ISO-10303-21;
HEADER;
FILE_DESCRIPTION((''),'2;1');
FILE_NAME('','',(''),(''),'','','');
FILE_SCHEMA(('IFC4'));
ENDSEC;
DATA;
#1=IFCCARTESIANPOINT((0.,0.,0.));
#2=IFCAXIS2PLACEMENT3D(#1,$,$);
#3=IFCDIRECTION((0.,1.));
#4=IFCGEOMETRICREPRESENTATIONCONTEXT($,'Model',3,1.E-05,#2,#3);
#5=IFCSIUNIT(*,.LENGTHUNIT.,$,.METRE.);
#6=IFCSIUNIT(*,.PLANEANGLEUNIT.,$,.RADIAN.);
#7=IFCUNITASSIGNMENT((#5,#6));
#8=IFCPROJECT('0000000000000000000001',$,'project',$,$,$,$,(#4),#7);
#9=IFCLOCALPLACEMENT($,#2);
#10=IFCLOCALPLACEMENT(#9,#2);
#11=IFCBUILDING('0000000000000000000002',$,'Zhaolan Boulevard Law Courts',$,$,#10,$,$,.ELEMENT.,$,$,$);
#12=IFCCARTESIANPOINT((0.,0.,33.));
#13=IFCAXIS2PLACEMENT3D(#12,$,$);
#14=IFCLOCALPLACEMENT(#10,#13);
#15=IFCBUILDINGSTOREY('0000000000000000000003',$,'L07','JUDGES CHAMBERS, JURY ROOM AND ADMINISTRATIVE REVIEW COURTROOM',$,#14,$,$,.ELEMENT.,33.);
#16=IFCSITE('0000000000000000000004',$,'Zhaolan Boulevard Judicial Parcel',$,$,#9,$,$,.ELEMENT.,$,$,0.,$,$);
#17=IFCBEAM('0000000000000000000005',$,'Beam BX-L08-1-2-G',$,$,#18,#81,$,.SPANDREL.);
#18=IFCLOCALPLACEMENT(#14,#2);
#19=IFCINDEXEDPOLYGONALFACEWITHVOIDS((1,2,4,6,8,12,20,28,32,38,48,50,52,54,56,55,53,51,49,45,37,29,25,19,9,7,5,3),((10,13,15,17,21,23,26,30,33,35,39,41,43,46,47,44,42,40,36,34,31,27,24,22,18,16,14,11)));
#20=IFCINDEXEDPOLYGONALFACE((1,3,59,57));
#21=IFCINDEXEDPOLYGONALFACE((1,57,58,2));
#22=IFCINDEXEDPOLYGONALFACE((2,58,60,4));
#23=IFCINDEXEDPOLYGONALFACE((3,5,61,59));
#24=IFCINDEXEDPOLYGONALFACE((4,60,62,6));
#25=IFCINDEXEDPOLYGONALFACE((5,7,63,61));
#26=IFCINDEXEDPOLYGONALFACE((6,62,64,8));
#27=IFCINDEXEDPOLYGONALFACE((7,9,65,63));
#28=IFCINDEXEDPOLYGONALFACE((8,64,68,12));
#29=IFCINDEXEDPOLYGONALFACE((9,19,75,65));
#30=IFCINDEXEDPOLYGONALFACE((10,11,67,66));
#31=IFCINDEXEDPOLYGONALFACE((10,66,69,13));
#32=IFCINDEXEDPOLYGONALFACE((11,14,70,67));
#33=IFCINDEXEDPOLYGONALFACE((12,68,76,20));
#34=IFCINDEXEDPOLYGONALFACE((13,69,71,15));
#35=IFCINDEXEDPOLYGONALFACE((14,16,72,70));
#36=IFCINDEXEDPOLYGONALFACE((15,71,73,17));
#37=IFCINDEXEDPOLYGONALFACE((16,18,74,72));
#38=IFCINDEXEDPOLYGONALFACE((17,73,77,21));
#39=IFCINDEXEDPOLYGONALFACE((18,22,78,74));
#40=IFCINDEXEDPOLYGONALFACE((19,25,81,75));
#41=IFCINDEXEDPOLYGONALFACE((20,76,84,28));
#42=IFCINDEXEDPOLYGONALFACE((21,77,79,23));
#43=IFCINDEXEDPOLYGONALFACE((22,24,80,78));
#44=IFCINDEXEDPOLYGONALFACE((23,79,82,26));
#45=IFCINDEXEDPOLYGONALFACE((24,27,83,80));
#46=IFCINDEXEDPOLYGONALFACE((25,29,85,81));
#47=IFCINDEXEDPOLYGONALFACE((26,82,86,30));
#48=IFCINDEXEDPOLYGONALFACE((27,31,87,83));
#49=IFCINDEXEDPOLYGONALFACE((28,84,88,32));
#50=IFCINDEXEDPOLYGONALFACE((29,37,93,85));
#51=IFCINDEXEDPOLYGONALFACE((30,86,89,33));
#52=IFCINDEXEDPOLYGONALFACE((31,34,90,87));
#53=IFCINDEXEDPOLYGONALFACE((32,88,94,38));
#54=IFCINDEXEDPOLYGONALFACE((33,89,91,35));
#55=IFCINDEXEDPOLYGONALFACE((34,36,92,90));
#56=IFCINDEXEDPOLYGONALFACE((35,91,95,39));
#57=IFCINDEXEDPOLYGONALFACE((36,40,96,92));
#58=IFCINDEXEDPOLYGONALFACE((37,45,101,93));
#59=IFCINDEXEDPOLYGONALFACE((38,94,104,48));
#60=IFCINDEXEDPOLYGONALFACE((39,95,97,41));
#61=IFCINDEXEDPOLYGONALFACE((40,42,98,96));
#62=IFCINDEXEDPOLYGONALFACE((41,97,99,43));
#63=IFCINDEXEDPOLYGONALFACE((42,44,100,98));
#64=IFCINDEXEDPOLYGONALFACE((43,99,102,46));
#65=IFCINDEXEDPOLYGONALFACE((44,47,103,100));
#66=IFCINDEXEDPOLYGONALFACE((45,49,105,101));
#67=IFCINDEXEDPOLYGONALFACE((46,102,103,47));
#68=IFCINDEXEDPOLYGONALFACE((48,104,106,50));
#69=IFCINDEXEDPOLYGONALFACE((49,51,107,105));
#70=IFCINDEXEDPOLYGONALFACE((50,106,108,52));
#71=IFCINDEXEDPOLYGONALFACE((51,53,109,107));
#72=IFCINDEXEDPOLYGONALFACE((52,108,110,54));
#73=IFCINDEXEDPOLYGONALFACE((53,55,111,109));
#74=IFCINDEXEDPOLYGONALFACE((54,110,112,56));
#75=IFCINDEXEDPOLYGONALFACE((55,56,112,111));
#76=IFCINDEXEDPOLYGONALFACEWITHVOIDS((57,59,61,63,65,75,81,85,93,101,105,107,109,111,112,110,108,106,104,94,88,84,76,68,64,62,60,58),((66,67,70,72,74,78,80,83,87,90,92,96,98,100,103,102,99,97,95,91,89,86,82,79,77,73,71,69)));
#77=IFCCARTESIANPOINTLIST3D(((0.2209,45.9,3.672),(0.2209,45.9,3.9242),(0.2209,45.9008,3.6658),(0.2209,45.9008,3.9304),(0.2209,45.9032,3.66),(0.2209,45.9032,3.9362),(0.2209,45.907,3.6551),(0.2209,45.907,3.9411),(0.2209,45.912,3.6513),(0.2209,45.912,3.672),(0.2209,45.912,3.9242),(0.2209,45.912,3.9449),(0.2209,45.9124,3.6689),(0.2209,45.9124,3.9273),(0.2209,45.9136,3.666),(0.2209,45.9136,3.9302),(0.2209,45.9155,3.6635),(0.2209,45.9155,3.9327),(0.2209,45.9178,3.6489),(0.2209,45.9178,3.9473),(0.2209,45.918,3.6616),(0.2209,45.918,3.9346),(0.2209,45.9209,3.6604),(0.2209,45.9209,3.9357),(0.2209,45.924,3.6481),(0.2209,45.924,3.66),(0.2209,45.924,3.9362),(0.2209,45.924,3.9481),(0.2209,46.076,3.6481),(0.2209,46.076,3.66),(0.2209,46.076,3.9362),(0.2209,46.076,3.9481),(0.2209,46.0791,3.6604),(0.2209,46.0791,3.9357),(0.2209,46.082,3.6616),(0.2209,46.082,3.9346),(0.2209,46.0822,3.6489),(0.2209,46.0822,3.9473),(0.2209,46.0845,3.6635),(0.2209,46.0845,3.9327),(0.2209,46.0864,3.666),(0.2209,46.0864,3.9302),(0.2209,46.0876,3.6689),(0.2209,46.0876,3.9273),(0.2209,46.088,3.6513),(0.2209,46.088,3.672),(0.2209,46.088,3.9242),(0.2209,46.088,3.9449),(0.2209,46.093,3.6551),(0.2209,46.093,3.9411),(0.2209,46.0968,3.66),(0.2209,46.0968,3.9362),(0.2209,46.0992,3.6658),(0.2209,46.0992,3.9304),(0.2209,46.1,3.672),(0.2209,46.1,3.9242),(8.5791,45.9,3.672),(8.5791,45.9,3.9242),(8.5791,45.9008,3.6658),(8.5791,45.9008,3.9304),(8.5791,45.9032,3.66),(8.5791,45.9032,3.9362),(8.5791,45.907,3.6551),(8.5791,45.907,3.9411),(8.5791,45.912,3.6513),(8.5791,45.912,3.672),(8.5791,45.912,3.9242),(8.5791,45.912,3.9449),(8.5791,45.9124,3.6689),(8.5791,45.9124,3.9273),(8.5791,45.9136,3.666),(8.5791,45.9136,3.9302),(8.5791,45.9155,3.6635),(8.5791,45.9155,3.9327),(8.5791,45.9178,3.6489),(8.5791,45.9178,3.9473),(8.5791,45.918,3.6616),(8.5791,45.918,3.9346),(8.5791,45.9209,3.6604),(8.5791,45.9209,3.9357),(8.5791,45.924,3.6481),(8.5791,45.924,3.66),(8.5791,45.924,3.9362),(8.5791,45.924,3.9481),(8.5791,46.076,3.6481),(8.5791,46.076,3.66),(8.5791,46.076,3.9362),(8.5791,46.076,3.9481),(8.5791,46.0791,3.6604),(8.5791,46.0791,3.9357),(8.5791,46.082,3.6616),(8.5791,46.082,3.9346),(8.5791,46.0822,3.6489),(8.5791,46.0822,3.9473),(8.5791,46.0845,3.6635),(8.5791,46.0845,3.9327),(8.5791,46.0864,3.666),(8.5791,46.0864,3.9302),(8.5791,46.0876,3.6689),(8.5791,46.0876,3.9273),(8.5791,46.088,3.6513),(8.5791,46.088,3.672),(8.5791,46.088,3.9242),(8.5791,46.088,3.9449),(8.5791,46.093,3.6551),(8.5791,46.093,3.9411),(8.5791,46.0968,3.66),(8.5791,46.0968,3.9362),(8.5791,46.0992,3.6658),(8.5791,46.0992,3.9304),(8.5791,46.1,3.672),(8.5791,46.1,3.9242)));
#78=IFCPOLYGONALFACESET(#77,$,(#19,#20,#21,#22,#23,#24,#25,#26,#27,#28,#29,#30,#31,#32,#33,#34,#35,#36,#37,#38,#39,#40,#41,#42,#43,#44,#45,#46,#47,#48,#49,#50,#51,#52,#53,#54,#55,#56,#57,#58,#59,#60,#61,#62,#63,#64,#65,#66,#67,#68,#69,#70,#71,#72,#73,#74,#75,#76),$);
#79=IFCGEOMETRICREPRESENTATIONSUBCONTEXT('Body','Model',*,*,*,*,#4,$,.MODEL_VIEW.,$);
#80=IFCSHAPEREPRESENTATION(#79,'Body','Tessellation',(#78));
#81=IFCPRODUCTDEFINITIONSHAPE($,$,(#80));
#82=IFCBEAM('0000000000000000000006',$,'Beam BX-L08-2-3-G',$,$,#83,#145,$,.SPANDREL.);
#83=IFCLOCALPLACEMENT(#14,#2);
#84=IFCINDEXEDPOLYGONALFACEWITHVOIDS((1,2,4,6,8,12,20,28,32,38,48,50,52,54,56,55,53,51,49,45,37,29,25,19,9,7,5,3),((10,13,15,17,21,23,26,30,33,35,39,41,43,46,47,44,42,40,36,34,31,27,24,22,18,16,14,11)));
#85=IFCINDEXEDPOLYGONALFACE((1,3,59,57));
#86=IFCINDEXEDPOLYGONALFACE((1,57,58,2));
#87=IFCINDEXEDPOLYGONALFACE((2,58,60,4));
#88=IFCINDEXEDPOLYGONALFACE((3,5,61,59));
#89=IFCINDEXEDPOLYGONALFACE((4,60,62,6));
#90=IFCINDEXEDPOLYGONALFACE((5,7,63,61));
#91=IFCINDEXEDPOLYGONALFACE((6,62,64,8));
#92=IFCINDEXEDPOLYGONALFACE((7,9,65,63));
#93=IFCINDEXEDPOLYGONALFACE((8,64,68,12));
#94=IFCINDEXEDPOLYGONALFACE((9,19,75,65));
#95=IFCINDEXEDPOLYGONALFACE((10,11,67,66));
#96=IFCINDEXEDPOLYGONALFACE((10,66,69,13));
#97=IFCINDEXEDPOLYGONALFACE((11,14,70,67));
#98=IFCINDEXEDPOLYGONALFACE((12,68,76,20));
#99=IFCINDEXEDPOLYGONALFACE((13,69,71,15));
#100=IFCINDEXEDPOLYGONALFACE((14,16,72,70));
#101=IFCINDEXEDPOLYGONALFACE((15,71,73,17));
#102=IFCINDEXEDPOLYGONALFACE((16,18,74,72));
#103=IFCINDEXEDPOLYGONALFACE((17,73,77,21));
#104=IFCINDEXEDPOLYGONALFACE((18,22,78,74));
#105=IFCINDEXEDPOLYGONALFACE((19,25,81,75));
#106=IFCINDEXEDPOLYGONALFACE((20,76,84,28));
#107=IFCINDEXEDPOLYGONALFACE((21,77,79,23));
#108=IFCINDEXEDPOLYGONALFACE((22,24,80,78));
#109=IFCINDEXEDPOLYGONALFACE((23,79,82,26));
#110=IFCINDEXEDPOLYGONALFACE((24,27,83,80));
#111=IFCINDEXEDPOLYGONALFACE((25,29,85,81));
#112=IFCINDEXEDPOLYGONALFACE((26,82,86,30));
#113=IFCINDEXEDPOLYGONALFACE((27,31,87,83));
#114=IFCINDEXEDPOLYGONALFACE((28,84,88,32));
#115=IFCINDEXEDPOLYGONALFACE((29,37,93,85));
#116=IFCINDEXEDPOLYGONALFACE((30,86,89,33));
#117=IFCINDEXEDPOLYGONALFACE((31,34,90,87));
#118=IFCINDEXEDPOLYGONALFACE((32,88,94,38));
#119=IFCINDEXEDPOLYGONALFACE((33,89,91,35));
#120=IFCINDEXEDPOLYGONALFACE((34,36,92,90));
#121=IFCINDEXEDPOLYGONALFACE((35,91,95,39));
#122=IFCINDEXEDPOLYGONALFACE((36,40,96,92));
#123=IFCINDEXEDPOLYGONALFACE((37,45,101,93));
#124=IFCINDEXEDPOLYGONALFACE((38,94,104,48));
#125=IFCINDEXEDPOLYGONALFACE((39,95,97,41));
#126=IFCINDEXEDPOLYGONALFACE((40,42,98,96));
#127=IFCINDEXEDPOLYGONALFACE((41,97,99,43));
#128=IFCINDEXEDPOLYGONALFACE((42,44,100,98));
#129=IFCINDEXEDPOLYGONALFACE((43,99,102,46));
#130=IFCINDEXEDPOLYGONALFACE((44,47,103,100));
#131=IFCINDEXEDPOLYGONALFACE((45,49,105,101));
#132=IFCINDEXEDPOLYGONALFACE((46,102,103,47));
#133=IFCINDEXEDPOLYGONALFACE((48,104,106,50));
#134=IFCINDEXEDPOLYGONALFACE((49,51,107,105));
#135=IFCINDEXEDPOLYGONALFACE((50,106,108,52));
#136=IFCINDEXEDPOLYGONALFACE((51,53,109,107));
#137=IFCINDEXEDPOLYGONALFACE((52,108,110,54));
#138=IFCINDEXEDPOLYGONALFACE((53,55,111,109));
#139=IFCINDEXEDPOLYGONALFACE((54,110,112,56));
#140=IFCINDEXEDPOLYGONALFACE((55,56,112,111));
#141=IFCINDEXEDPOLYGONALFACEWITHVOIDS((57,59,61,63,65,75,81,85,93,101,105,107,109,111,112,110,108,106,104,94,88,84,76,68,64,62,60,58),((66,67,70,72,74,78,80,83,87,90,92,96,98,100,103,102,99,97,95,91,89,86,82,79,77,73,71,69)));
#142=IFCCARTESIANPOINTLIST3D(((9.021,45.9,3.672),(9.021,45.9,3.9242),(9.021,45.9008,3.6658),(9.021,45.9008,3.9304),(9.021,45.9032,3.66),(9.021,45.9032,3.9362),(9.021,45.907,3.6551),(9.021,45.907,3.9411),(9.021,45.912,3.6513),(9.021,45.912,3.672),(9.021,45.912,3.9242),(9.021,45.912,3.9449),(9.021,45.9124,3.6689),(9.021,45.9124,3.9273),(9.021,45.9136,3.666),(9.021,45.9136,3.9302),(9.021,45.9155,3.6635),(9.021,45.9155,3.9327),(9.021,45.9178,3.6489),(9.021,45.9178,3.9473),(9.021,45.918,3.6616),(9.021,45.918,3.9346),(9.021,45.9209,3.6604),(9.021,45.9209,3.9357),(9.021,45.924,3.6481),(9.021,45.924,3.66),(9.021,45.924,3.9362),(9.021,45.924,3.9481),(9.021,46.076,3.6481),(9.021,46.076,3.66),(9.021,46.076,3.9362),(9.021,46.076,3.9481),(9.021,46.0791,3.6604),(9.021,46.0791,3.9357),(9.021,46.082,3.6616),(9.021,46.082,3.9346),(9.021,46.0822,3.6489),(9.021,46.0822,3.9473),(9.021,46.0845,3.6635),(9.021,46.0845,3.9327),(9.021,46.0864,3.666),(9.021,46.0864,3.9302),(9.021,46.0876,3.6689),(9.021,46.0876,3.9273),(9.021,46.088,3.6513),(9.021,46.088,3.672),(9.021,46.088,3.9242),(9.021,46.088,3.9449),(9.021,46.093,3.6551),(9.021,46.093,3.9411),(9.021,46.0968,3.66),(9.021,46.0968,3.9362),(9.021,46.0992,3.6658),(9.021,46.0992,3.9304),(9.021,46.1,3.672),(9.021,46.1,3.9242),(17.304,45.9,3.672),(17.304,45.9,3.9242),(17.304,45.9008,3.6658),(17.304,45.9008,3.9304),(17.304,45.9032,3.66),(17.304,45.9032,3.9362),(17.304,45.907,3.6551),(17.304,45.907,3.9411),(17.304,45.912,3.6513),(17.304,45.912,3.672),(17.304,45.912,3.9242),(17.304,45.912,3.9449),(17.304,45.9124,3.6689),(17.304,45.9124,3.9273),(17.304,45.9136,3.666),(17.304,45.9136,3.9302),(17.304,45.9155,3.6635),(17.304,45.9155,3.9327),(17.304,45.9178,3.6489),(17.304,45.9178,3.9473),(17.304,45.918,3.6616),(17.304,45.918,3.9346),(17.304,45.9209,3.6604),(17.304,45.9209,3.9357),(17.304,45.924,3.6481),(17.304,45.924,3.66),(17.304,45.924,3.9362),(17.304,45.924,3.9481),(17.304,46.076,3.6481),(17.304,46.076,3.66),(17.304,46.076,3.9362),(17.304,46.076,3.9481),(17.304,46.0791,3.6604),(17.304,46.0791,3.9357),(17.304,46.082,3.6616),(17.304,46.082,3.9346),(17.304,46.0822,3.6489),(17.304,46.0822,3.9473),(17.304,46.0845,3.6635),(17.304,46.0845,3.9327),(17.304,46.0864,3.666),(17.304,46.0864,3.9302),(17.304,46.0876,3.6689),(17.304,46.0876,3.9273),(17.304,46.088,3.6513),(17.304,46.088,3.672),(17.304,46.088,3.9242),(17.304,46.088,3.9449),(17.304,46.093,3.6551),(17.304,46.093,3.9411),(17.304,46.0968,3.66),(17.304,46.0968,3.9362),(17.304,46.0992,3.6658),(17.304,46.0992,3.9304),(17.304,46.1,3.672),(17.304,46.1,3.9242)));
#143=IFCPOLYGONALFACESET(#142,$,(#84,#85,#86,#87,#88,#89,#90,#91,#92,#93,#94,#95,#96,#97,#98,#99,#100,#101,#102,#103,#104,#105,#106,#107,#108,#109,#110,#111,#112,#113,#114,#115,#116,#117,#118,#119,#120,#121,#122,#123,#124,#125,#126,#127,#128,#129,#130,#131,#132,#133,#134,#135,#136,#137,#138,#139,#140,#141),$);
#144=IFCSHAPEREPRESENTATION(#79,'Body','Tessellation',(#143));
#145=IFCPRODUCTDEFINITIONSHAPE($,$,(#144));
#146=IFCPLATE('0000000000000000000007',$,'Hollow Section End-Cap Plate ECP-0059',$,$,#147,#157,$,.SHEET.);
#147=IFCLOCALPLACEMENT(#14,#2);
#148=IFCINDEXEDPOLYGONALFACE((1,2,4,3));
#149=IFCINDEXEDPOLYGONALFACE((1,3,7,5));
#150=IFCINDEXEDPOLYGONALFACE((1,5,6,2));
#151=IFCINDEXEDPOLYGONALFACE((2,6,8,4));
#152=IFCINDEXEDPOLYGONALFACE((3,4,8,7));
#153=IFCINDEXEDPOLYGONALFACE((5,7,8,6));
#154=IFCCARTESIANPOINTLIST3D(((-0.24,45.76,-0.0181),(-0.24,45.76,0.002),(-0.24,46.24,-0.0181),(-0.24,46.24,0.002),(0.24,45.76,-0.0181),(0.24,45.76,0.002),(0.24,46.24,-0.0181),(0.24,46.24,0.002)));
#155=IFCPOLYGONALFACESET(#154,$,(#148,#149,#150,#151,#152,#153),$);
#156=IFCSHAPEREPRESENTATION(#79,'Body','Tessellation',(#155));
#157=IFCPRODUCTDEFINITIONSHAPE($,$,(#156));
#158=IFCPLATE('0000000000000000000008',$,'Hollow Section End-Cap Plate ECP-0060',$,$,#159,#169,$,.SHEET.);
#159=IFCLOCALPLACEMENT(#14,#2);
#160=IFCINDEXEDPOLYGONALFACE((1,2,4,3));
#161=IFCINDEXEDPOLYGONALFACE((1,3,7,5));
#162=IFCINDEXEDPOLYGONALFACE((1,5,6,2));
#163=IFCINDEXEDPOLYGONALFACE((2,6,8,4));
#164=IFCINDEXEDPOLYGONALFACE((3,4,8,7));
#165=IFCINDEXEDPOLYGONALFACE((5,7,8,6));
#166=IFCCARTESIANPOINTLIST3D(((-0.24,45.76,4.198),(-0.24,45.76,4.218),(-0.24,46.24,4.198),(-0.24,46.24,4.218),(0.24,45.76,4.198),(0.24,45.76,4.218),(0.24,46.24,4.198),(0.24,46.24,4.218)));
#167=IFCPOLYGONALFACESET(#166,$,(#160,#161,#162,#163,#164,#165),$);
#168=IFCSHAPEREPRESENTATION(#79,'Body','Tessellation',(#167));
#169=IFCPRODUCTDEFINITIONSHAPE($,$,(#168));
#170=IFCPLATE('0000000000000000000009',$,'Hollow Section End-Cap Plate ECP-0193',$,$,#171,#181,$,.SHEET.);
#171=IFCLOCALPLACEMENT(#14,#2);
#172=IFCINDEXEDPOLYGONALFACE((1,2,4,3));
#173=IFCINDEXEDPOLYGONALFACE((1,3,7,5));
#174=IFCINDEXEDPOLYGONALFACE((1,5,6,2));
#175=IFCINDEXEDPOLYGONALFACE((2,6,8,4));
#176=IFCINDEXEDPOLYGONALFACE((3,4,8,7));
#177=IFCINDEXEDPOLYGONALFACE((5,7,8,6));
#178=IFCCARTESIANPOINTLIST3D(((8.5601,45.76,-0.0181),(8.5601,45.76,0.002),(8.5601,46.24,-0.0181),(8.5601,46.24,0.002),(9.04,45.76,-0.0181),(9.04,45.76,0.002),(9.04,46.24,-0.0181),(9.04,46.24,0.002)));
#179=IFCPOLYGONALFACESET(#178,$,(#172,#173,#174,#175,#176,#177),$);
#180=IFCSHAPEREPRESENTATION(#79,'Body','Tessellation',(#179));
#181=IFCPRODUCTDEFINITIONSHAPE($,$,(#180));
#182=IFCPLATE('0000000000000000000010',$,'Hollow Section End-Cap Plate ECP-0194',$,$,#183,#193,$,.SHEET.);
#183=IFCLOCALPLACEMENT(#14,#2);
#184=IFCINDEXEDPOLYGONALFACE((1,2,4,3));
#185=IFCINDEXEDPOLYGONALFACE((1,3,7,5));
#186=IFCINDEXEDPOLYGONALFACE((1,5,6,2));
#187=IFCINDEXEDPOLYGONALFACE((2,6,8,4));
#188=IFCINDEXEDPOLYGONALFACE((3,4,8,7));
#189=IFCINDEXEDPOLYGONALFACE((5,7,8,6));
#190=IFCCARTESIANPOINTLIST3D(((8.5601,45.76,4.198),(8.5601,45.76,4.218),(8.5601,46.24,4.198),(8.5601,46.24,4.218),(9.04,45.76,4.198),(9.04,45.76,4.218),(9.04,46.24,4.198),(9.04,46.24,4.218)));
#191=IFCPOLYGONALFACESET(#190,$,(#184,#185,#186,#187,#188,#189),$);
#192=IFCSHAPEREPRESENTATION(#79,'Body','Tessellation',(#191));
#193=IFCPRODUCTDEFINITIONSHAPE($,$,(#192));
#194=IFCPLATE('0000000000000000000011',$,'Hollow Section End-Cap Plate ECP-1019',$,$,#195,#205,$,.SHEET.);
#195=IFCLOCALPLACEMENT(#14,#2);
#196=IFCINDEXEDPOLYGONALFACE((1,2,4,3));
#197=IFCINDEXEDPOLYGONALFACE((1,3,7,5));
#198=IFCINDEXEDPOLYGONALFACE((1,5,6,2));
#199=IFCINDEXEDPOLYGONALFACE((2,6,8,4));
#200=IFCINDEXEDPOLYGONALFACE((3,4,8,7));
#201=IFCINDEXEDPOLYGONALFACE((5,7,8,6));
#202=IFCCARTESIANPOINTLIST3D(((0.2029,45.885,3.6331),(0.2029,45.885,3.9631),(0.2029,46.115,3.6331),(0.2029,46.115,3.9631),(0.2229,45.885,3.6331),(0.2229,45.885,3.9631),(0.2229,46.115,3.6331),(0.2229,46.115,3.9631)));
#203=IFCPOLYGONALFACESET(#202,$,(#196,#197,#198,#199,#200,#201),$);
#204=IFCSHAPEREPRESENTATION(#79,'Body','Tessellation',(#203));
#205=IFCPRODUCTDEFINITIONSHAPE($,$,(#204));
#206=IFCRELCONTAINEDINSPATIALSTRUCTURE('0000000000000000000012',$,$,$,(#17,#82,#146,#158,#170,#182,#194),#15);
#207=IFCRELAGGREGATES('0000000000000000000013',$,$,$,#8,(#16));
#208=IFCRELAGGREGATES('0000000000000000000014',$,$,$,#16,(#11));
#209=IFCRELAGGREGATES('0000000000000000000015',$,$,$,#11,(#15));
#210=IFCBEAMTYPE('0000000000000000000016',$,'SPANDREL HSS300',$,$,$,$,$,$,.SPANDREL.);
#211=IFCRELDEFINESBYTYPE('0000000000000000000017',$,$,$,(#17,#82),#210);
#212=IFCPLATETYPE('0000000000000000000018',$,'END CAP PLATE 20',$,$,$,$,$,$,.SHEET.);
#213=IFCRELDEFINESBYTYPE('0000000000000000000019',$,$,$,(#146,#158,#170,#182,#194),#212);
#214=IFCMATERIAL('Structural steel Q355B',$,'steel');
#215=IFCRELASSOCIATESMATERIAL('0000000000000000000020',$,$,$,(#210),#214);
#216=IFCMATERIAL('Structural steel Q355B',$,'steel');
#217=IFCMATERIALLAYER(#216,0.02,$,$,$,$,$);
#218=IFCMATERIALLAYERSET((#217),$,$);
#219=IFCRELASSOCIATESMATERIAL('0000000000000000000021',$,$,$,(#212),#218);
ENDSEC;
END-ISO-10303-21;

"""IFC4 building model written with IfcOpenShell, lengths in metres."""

from ifc_helpers import new_model, si_unit, direction, frame, origin, origin_2d, place, context, subcontext, project, spatial, rectangle, hollow_rectangle, extrude, material, layer, layer_set, material_profile, profile_set, type_object, element, save


model = new_model("IFC4")

# Units and contexts
model_context = context("Model", 3, precision=1e-05, world=origin(), true_north=direction((0.0, 1.0)))
body_context = subcontext(model_context, "Body", "Model", "MODEL_VIEW")
ifc_project = project(units=[si_unit("LENGTHUNIT", "METRE"), si_unit("PLANEANGLEUNIT", "RADIAN")], contexts=[model_context])

# Site, building, storey
site_placement = place(None, origin())
site = spatial("IfcSite", under=ifc_project, at=site_placement, Name="Zhaolan Boulevard Judicial Parcel", CompositionType="ELEMENT", RefElevation=0.0)
building_placement = place(site_placement, origin())
building = spatial("IfcBuilding", under=site, at=building_placement, Name="Zhaolan Boulevard Law Courts", CompositionType="ELEMENT")
storey_placement = place(building_placement, frame((0.0, 0.0, 33.0)))
storey = spatial("IfcBuildingStorey", under=building, at=storey_placement, Name="L07", Description="JUDGES CHAMBERS, JURY ROOM AND ADMINISTRATIVE REVIEW COURTROOM", CompositionType="ELEMENT", Elevation=33.0)

# Beams
ifc_material_1 = material(Name="Structural steel Q355B", Category="steel")
ifc_material_profile_1 = material_profile(ifc_material_1, hollow_rectangle(XDim=0.2, YDim=0.3, WallThickness=0.012, InnerFilletRadius=0.012, OuterFilletRadius=0.0239, at=origin_2d()), Name="HSS300x200x12")
ifc_profile_set_1 = profile_set([ifc_material_profile_1], Name="Structural steel Q355B")
beam_type_1 = type_object("IfcBeamType", Name="SPANDREL HSS300", PredefinedType="SPANDREL", material=ifc_profile_set_1)
beam_1_placement = place(storey_placement, frame((0.2209, 46.0, 3.7981), z_axis=(1.0, 0.0, 0.0), x_axis=(0.0, 1.0, 0.0)))
element("IfcBeam", 1, at=beam_1_placement, inside=storey, type_object=beam_type_1, Name="Beam BX-L08-1-2-G", PredefinedType="SPANDREL", context=body_context, shape_type="SweptSolid", body=[
    extrude(hollow_rectangle(XDim=0.2, YDim=0.3, WallThickness=0.012, InnerFilletRadius=0.012, OuterFilletRadius=0.0239, at=origin_2d()), origin(), (0.0, 0.0, 1.0), 8.3582),
])
beam_2_placement = place(storey_placement, frame((9.021, 46.0, 3.7981), z_axis=(1.0, 0.0, 0.0), x_axis=(0.0, 1.0, 0.0)))
element("IfcBeam", 2, at=beam_2_placement, inside=storey, type_object=beam_type_1, Name="Beam BX-L08-2-3-G", PredefinedType="SPANDREL", context=body_context, shape_type="SweptSolid", body=[
    extrude(hollow_rectangle(XDim=0.2, YDim=0.3, WallThickness=0.012, InnerFilletRadius=0.012, OuterFilletRadius=0.0239, at=origin_2d()), origin(), (0.0, 0.0, 1.0), 8.283),
])

# Plates
ifc_material_2 = material(Name="Structural steel Q355B", Category="steel")
ifc_layer_1 = layer(ifc_material_2, 0.02)
ifc_layer_set_1 = layer_set([ifc_layer_1])
plate_type = type_object("IfcPlateType", Name="END CAP PLATE 20", PredefinedType="SHEET", material=ifc_layer_set_1)
for number, where, z_axis, x_axis, name in (
    (3, (0.0, 46.0, -0.0181), (0.0, 0.0, 1.0), (1.0, 0.0, 0.0), "Hollow Section End-Cap Plate ECP-0059"),
    (4, (0.0, 46.0, 4.198), (0.0, 0.0, 1.0), (1.0, 0.0, 0.0), "Hollow Section End-Cap Plate ECP-0060"),
    (5, (8.8, 46.0, -0.0181), (0.0, 0.0, 1.0), (1.0, 0.0, 0.0), "Hollow Section End-Cap Plate ECP-0193"),
    (6, (8.8, 46.0, 4.198), (0.0, 0.0, 1.0), (1.0, 0.0, 0.0), "Hollow Section End-Cap Plate ECP-0194"),
):
    element("IfcPlate", number, at=place(storey_placement, frame(where, z_axis=z_axis, x_axis=x_axis)), inside=storey, type_object=plate_type, Name=name, PredefinedType="SHEET", context=body_context, shape_type="SweptSolid", body=[
        extrude(rectangle(XDim=0.48, YDim=0.48, at=origin_2d()), origin(), (0.0, 0.0, 1.0), 0.02),
    ])
for number, where, z_axis, x_axis, name in (
    (7, (0.2129, 46.0, 3.6331), (0.0, 0.0, 1.0), (1.0, 0.0, 0.0), "Hollow Section End-Cap Plate ECP-1019"),
):
    element("IfcPlate", number, at=place(storey_placement, frame(where, z_axis=z_axis, x_axis=x_axis)), inside=storey, type_object=plate_type, Name=name, PredefinedType="SHEET", context=body_context, shape_type="SweptSolid", body=[
        extrude(rectangle(XDim=0.02, YDim=0.23, at=origin_2d()), origin(), (0.0, 0.0, 1.0), 0.3301),
    ])

save(model, "model.ifc")
